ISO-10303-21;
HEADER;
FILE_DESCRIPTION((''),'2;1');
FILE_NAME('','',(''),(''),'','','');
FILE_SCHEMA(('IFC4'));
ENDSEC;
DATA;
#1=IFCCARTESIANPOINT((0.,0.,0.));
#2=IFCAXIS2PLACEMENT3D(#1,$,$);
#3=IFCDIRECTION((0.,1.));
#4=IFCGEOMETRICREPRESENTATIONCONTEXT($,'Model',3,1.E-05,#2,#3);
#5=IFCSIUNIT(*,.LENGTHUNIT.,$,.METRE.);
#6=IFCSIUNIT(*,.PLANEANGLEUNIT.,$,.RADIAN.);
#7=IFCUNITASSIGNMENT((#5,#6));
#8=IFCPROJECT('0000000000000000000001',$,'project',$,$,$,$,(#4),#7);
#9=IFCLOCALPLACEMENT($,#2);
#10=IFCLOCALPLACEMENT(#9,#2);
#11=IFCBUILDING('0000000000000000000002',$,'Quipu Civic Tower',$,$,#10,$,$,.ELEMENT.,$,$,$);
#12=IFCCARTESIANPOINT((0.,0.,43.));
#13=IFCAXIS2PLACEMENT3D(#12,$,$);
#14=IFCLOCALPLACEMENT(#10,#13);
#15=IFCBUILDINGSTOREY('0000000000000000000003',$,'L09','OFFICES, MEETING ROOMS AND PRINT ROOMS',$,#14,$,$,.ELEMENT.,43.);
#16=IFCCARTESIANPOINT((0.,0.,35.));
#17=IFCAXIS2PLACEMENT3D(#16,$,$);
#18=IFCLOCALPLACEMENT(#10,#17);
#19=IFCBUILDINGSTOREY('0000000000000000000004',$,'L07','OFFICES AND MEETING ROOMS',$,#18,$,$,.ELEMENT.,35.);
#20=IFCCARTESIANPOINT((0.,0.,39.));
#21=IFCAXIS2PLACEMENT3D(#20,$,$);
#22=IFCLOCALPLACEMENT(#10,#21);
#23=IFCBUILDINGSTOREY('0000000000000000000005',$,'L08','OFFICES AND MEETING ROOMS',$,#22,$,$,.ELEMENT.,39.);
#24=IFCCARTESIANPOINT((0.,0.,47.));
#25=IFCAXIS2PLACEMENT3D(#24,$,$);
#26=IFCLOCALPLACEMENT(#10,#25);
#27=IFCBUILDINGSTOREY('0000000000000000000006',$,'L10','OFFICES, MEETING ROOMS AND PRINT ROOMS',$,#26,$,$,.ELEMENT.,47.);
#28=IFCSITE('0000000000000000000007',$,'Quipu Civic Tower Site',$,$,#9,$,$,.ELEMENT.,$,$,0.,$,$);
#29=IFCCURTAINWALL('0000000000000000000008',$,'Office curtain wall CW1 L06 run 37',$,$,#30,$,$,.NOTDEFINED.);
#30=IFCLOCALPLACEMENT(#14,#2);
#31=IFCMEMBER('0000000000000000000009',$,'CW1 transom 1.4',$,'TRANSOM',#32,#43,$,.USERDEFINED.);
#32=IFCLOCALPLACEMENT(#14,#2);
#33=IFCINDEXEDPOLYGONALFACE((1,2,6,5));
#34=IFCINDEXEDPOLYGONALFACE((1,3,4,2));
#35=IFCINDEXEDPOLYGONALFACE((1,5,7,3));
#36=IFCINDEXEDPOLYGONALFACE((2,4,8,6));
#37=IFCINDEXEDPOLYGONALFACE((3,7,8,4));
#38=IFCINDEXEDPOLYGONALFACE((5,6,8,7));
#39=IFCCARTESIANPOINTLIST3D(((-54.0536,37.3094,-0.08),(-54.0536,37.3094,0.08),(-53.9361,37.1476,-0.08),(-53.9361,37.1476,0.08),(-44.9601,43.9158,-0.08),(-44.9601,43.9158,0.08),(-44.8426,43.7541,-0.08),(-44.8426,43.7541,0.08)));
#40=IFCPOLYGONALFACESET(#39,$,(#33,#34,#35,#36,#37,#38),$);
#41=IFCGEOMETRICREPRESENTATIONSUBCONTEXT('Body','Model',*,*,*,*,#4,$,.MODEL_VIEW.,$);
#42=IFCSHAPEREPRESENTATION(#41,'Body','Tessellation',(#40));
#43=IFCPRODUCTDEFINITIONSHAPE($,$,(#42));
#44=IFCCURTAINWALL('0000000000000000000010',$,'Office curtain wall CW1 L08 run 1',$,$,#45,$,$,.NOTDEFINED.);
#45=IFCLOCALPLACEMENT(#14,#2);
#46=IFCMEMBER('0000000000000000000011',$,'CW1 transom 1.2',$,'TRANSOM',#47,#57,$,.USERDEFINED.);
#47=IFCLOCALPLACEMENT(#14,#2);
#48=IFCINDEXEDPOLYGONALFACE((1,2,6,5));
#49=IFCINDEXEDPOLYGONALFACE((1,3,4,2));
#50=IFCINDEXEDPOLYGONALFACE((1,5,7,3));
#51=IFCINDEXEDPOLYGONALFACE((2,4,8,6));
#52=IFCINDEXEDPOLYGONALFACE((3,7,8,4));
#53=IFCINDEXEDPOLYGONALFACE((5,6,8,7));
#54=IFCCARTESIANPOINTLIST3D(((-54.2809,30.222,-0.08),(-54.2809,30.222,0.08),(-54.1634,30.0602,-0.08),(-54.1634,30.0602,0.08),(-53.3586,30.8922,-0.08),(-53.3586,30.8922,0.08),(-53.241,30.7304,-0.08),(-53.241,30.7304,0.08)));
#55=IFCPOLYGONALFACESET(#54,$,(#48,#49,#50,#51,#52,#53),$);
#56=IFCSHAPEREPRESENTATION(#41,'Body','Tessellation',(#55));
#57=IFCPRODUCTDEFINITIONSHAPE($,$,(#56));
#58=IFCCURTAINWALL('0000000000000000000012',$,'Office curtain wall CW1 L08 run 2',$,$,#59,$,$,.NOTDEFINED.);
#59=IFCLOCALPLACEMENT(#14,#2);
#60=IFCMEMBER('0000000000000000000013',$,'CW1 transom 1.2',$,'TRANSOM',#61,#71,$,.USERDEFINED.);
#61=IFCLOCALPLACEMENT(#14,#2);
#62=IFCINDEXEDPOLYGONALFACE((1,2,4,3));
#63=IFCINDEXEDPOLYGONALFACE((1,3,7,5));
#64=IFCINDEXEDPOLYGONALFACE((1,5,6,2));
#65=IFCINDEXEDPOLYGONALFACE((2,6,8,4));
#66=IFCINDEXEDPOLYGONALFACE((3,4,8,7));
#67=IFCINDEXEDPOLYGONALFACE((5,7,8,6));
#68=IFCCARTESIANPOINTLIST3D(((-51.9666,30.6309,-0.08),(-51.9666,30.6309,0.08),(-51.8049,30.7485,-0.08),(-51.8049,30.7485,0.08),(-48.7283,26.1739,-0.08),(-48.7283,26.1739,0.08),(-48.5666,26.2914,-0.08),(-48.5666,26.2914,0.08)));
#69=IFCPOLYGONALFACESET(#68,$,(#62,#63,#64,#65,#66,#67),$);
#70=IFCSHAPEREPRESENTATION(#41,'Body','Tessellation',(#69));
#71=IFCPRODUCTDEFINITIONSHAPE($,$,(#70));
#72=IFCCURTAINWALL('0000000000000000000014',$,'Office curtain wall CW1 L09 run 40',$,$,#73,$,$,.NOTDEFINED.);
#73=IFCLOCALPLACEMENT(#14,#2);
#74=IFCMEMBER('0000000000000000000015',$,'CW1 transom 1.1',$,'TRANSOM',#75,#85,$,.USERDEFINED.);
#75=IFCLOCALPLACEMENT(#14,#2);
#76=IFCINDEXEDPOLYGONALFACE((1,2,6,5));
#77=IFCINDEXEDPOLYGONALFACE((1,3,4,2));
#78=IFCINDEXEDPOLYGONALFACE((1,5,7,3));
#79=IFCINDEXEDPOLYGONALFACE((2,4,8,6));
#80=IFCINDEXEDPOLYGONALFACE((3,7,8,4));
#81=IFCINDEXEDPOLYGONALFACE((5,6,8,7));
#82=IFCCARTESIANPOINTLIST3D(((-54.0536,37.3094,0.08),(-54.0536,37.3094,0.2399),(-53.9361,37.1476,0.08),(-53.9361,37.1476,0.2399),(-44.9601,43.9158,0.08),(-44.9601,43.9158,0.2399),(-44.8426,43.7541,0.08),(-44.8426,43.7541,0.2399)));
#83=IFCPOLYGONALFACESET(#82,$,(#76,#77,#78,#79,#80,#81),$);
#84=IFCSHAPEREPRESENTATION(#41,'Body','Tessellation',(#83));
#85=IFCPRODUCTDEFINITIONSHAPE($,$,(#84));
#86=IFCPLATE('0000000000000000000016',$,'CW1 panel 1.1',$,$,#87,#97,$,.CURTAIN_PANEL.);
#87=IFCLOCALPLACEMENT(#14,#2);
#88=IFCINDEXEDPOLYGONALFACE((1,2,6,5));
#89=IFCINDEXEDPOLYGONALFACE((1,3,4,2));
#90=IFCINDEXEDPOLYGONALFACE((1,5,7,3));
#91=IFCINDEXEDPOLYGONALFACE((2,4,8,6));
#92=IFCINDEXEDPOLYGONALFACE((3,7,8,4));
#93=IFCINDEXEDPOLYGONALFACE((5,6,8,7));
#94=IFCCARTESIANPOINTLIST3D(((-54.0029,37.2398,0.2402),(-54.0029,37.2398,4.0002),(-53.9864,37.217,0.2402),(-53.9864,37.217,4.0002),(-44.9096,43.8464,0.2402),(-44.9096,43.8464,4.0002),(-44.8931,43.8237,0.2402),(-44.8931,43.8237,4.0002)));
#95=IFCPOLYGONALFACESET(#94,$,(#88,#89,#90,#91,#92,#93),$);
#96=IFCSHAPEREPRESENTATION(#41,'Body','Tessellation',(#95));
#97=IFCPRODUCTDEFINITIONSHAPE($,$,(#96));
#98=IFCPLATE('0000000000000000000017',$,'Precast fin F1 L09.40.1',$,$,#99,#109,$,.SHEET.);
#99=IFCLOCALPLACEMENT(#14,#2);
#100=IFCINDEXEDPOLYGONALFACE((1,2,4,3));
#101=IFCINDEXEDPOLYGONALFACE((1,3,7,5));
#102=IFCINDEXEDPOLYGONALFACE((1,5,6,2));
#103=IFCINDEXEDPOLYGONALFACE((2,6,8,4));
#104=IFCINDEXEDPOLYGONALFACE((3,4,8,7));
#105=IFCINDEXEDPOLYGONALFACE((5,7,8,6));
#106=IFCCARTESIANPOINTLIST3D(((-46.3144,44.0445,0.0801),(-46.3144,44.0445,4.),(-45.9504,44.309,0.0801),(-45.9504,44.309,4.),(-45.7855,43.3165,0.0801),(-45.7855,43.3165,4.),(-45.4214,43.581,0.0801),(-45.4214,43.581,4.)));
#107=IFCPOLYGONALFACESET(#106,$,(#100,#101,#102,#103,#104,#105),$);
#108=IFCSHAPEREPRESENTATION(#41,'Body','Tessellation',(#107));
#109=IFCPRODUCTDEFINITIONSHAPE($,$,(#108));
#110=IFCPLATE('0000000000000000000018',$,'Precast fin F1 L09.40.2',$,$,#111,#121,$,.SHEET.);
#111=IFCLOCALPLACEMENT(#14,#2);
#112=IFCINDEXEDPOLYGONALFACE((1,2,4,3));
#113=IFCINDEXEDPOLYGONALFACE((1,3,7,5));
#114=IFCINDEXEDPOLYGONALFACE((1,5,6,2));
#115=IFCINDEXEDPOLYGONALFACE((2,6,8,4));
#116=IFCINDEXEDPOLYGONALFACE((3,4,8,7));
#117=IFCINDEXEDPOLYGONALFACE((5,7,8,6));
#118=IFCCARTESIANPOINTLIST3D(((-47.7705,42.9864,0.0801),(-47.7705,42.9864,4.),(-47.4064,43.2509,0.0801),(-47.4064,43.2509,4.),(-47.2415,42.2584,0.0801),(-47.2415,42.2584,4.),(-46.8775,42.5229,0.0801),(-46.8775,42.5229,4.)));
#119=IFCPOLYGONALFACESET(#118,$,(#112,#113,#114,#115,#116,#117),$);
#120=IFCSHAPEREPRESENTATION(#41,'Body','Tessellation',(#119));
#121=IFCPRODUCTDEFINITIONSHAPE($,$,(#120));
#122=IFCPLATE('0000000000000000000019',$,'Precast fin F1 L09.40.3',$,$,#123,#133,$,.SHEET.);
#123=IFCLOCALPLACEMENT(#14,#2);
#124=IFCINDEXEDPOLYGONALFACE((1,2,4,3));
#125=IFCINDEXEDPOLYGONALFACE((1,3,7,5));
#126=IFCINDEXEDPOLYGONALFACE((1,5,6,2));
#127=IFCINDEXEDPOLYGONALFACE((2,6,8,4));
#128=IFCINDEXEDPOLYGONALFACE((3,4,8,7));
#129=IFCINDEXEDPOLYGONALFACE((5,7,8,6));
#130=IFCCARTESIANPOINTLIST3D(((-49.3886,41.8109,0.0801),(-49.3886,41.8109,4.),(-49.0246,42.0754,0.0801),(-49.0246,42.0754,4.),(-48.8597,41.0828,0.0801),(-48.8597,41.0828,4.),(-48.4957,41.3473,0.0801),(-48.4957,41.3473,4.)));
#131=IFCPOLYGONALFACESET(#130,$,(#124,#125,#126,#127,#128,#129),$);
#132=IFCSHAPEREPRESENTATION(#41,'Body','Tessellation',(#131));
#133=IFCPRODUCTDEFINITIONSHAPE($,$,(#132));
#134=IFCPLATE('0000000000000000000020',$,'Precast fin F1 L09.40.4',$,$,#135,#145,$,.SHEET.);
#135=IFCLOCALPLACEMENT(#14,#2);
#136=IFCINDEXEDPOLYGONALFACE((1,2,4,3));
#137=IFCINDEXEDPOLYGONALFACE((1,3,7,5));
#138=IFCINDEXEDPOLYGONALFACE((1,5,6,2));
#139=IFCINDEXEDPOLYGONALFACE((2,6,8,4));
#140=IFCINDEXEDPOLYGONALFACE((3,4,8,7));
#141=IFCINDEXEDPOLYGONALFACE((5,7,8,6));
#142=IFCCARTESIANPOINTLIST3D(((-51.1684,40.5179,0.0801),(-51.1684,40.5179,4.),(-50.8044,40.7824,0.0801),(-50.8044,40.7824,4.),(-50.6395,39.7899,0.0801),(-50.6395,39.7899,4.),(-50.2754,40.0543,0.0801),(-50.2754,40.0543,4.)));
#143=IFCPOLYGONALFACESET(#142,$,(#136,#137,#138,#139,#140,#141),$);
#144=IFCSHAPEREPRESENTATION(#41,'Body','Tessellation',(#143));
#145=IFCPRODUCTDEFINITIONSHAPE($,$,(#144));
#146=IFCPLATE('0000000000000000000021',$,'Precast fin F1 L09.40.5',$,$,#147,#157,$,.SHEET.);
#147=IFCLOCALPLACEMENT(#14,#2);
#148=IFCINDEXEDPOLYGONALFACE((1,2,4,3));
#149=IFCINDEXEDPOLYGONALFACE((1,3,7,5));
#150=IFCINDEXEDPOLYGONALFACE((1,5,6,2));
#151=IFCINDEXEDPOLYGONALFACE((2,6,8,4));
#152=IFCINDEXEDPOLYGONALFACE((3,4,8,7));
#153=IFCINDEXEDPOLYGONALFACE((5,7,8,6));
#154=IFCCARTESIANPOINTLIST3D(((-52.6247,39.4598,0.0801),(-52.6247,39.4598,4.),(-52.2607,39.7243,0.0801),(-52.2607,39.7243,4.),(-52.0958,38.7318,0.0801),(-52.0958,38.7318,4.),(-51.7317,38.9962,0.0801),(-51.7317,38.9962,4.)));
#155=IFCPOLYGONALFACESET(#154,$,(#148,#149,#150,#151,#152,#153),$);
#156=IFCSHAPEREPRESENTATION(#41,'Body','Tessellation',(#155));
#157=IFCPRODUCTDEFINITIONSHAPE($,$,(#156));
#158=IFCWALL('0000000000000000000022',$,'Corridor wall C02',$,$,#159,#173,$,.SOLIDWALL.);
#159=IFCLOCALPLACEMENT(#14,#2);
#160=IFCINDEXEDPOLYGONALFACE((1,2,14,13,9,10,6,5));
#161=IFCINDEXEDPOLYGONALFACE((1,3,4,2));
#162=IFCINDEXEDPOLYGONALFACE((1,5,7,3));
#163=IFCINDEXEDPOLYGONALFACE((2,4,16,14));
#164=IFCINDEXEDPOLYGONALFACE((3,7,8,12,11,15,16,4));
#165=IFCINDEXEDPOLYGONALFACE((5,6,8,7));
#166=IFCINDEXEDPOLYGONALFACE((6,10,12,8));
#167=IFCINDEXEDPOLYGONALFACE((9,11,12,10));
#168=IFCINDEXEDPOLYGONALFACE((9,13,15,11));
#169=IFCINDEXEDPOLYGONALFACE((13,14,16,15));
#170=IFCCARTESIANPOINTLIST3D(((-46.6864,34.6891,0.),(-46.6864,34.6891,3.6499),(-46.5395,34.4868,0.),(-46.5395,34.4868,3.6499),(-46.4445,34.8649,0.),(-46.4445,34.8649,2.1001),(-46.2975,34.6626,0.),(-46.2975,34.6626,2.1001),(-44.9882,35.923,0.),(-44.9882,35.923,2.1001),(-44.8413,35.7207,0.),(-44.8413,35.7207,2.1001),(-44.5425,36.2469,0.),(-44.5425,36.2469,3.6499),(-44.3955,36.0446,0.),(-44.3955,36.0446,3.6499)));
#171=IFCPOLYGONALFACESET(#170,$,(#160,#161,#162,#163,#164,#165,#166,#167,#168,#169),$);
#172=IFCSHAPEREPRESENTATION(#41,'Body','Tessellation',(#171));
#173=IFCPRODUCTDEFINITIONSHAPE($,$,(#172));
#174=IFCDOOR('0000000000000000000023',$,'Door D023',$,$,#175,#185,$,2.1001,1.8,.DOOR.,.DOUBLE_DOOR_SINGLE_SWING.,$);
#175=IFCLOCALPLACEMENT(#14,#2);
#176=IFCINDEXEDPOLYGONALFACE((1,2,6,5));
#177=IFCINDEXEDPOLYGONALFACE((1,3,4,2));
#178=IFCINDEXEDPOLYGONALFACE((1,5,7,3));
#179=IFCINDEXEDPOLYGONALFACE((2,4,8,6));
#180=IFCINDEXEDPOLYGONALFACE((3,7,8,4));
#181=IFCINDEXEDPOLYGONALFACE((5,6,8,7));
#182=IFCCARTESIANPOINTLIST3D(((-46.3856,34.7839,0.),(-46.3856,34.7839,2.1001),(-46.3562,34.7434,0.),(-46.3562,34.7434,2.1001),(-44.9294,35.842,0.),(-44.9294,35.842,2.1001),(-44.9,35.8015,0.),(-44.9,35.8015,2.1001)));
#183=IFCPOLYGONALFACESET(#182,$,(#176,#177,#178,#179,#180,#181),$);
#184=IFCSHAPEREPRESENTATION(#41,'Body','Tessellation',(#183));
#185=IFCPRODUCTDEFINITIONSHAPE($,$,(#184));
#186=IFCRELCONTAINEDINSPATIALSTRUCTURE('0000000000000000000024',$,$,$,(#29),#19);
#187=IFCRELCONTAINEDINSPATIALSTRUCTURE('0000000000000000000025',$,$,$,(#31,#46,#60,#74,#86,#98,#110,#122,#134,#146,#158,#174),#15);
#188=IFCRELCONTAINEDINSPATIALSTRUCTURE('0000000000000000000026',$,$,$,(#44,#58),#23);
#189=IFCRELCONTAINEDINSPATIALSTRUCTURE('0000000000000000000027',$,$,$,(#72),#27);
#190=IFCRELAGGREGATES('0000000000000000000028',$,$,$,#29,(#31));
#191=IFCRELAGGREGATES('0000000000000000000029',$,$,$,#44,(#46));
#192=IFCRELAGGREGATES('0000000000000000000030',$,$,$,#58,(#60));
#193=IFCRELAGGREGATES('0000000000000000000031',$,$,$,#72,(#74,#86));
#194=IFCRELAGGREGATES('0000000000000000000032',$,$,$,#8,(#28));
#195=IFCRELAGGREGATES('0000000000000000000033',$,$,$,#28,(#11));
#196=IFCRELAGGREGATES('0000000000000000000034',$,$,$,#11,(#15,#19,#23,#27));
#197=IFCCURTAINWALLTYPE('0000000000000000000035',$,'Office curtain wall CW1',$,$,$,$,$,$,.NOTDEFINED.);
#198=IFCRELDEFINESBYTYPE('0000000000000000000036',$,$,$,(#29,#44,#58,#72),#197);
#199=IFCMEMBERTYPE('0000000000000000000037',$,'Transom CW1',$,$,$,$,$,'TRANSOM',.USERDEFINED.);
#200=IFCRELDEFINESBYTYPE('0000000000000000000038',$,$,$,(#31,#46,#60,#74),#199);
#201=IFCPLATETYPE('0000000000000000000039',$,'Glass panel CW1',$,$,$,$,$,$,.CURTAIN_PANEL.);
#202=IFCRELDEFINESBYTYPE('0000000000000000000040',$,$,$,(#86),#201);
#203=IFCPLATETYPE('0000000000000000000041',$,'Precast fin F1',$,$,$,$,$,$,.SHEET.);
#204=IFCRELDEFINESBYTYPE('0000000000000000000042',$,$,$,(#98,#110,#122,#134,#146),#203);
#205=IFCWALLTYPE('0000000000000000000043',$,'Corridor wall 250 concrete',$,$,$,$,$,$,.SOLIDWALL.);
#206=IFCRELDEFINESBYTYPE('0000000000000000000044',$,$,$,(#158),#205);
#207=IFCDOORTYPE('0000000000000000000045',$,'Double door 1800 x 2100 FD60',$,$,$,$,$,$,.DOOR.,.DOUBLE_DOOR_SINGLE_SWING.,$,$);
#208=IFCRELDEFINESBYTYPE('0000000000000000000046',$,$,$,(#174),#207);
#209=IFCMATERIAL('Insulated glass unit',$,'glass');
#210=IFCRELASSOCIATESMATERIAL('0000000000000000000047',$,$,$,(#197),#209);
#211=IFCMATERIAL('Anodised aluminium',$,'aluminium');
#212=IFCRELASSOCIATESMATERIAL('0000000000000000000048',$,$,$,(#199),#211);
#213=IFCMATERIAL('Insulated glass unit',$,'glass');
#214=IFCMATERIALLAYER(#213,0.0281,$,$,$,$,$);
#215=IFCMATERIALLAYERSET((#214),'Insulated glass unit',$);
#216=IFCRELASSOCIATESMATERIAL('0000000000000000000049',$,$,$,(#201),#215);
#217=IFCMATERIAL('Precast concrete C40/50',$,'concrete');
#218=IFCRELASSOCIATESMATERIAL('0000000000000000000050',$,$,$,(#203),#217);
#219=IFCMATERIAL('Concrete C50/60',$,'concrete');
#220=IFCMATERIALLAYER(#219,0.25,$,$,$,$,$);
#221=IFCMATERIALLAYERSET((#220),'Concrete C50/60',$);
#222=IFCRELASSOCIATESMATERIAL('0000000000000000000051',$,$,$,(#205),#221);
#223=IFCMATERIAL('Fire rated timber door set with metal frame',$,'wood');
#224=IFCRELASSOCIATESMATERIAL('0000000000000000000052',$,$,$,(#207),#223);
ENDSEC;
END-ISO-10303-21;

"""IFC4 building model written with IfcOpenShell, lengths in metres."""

from ifc_helpers import new_model, si_unit, direction, frame, frame_2d, origin, origin_2d, place, context, subcontext, project, spatial, rectangle, extrude, material, layer, layer_set, material_profile, profile_set, type_object, element, fill, aggregate, save


model = new_model("IFC4")

# Units and contexts
model_context = context("Model", 3, precision=1e-05, world=origin(), true_north=direction((0.0, 1.0)))
body_context = subcontext(model_context, "Body", "Model", "MODEL_VIEW")
ifc_project = project(units=[si_unit("LENGTHUNIT", "METRE"), si_unit("PLANEANGLEUNIT", "RADIAN")], contexts=[model_context])

# Site, building, storey
site_placement = place(None, origin())
site = spatial("IfcSite", under=ifc_project, at=site_placement, Name="Quipu Civic Tower Site", CompositionType="ELEMENT", RefElevation=0.0)
building_placement = place(site_placement, origin())
building = spatial("IfcBuilding", under=site, at=building_placement, Name="Quipu Civic Tower", CompositionType="ELEMENT")
storey_1_placement = place(building_placement, frame((0.0, 0.0, 43.0)))
storey_1 = spatial("IfcBuildingStorey", under=building, at=storey_1_placement, Name="L09", Description="OFFICES, MEETING ROOMS AND PRINT ROOMS", CompositionType="ELEMENT", Elevation=43.0)

# Shared definitions
ifc_material_1 = material(Name="Insulated glass unit", Category="glass")
curtain_wall_type = type_object("IfcCurtainWallType", Name="Office curtain wall CW1", PredefinedType="NOTDEFINED", material=ifc_material_1)

# Shared definitions
storey_2_placement = place(building_placement, frame((0.0, 0.0, 35.0)))
storey_2 = spatial("IfcBuildingStorey", under=building, at=storey_2_placement, Name="L07", Description="OFFICES AND MEETING ROOMS", CompositionType="ELEMENT", Elevation=35.0)

# Curtain wall, member
curtain_wall_1_placement = place(storey_2_placement, origin())
curtain_wall_1 = element("IfcCurtainWall", 1, at=curtain_wall_1_placement, inside=storey_2, type_object=curtain_wall_type, Name="Office curtain wall CW1 L06 run 37", PredefinedType="NOTDEFINED")
ifc_material_2 = material(Name="Anodised aluminium", Category="aluminium")
ifc_material_profile_1 = material_profile(ifc_material_2, rectangle(XDim=0.2, YDim=0.1599, at=origin_2d()), Name="RECT 200x160")
ifc_profile_set_1 = profile_set([ifc_material_profile_1], Name="Anodised aluminium")
member_type_1 = type_object("IfcMemberType", Name="Transom CW1", ElementType="TRANSOM", PredefinedType="USERDEFINED", material=ifc_profile_set_1)
member_1_placement = place(storey_1_placement, frame((-44.9014, 43.835, 0.0), z_axis=(-0.809033, -0.587764, 0.0), x_axis=(0.587764, -0.809033, 0.0)))
member_1 = element("IfcMember", 2, at=member_1_placement, inside=storey_1, type_object=member_type_1, Name="CW1 transom 1.4", ObjectType="TRANSOM", PredefinedType="USERDEFINED", context=body_context, shape_type="SweptSolid", body=[
    extrude(rectangle(XDim=0.2, YDim=0.1599, at=origin_2d()), origin(), (0.0, 0.0, 1.0), 11.24),
])
aggregate(curtain_wall_1, [member_1])

# Shared definitions
storey_3_placement = place(building_placement, frame((0.0, 0.0, 39.0)))
storey_3 = spatial("IfcBuildingStorey", under=building, at=storey_3_placement, Name="L08", Description="OFFICES AND MEETING ROOMS", CompositionType="ELEMENT", Elevation=39.0)

# Curtain walls, members
curtain_wall_2_placement = place(storey_3_placement, origin())
curtain_wall_2 = element("IfcCurtainWall", 3, at=curtain_wall_2_placement, inside=storey_3, type_object=curtain_wall_type, Name="Office curtain wall CW1 L08 run 1", PredefinedType="NOTDEFINED")
member_2_placement = place(storey_1_placement, frame((-54.2222, 30.1411, 0.0), z_axis=(0.809005, 0.587802, 0.0), x_axis=(-0.587802, 0.809005, 0.0)))
member_2 = element("IfcMember", 4, at=member_2_placement, inside=storey_1, type_object=member_type_1, Name="CW1 transom 1.2", ObjectType="TRANSOM", PredefinedType="USERDEFINED", context=body_context, shape_type="SweptSolid", body=[
    extrude(rectangle(XDim=0.2, YDim=0.1599, at=origin_2d()), origin(), (0.0, 0.0, 1.0), 1.1401),
])
aggregate(curtain_wall_2, [member_2])
curtain_wall_3_placement = place(storey_3_placement, origin())
curtain_wall_3 = element("IfcCurtainWall", 5, at=curtain_wall_3_placement, inside=storey_3, type_object=curtain_wall_type, Name="Office curtain wall CW1 L08 run 2", PredefinedType="NOTDEFINED")
member_3_placement = place(storey_1_placement, frame((-51.8857, 30.6897, 0.0), z_axis=(0.587792, -0.809012, 0.0), x_axis=(0.809012, 0.587792, 0.0)))
member_3 = element("IfcMember", 6, at=member_3_placement, inside=storey_1, type_object=member_type_1, Name="CW1 transom 1.2", ObjectType="TRANSOM", PredefinedType="USERDEFINED", context=body_context, shape_type="SweptSolid", body=[
    extrude(rectangle(XDim=0.2, YDim=0.1599, at=origin_2d()), origin(), (0.0, 0.0, 1.0), 5.5093),
])
aggregate(curtain_wall_3, [member_3])

# Shared definitions
storey_4_placement = place(building_placement, frame((0.0, 0.0, 47.0)))
storey_4 = spatial("IfcBuildingStorey", under=building, at=storey_4_placement, Name="L10", Description="OFFICES, MEETING ROOMS AND PRINT ROOMS", CompositionType="ELEMENT", Elevation=47.0)

# Curtain wall, member, plate
curtain_wall_4_placement = place(storey_4_placement, origin())
curtain_wall_4 = element("IfcCurtainWall", 7, at=curtain_wall_4_placement, inside=storey_4, type_object=curtain_wall_type, Name="Office curtain wall CW1 L09 run 40", PredefinedType="NOTDEFINED")
member_4_placement = place(storey_1_placement, frame((-44.9014, 43.835, 0.1599), z_axis=(-0.809033, -0.587764, 0.0), x_axis=(0.587764, -0.809033, 0.0)))
member_4 = element("IfcMember", 8, at=member_4_placement, inside=storey_1, type_object=member_type_1, Name="CW1 transom 1.1", ObjectType="TRANSOM", PredefinedType="USERDEFINED", context=body_context, shape_type="SweptSolid", body=[
    extrude(rectangle(XDim=0.2, YDim=0.1599, at=origin_2d()), origin(), (0.0, 0.0, 1.0), 11.24),
])
ifc_material_3 = material(Name="Insulated glass unit", Category="glass")
ifc_layer_1 = layer(ifc_material_3, 0.0281)
ifc_layer_set_1 = layer_set([ifc_layer_1], Name="Insulated glass unit")
plate_type_1 = type_object("IfcPlateType", Name="Glass panel CW1", PredefinedType="CURTAIN_PANEL", material=ifc_layer_set_1)
plate_placement = place(storey_1_placement, frame((-49.448, 40.5317, 0.2402), z_axis=(0.0, 0.0, 1.0), x_axis=(-0.809019, -0.587782, 0.0)))
plate = element("IfcPlate", 9, at=plate_placement, inside=storey_1, type_object=plate_type_1, Name="CW1 panel 1.1", PredefinedType="CURTAIN_PANEL", context=body_context, shape_type="SweptSolid", body=[
    extrude(rectangle(XDim=11.24, YDim=0.0281, at=origin_2d()), origin(), (0.0, 0.0, 1.0), 3.76),
])
aggregate(curtain_wall_4, [member_4, plate])

# Plates
ifc_material_4 = material(Name="Precast concrete C40/50", Category="concrete")
plate_type_2 = type_object("IfcPlateType", Name="Precast fin F1", PredefinedType="SHEET", material=ifc_material_4)
for number, where, z_axis, x_axis, name in (
    (10, (-45.8679, 43.8127, 0.0801), (0.0, 0.0, 1.0), (-0.809021, -0.587779, 0.0), "Precast fin F1 L09.40.1"),
    (11, (-47.324, 42.7546, 0.0801), (0.0, 0.0, 1.0), (-0.809021, -0.587779, 0.0), "Precast fin F1 L09.40.2"),
    (12, (-48.9421, 41.5791, 0.0801), (0.0, 0.0, 1.0), (-0.809021, -0.587779, 0.0), "Precast fin F1 L09.40.3"),
    (13, (-50.7219, 40.2861, 0.0801), (0.0, 0.0, 1.0), (-0.809021, -0.587779, 0.0), "Precast fin F1 L09.40.4"),
    (14, (-52.1782, 39.228, 0.0801), (0.0, 0.0, 1.0), (-0.809021, -0.587779, 0.0), "Precast fin F1 L09.40.5"),
):
    element("IfcPlate", number, at=place(storey_1_placement, frame(where, z_axis=z_axis, x_axis=x_axis)), inside=storey_1, type_object=plate_type_2, Name=name, PredefinedType="SHEET", context=body_context, shape_type="SweptSolid", body=[
        extrude(rectangle(XDim=0.45, YDim=0.8999, at=origin_2d()), origin(), (0.0, 0.0, 1.0), 3.9199),
    ])

# Wall, opening, door
ifc_material_5 = material(Name="Concrete C50/60", Category="concrete")
ifc_layer_2 = layer(ifc_material_5, 0.25)
ifc_layer_set_2 = layer_set([ifc_layer_2], Name="Concrete C50/60")
wall_type_1 = type_object("IfcWallType", Name="Corridor wall 250 concrete", PredefinedType="SOLIDWALL", material=ifc_layer_set_2)
wall_1_placement = place(storey_1_placement, frame((-46.613, 34.5879, 0.0), z_axis=(0.0, 0.0, 1.0), x_axis=(0.808995, 0.587816, 0.0)))
wall_1 = element("IfcWall", 15, at=wall_1_placement, inside=storey_1, type_object=wall_type_1, Name="Corridor wall C02", PredefinedType="SOLIDWALL", context=body_context, shape_type="SweptSolid", body=[
    extrude(rectangle(XDim=2.6501, YDim=0.25, at=frame_2d((1.3252, 0.0))), origin(), (0.0, 0.0, 1.0), 3.6499),
])
opening_1_placement = place(wall_1_placement, frame((0.2993, 0.0, 0.0)))
opening_1 = element("IfcOpeningElement", 16, at=opening_1_placement, cuts=wall_1, PredefinedType="OPENING", context=body_context, shape_type="SweptSolid", body=[
    extrude(rectangle(XDim=1.8, YDim=2.1001, at=frame_2d((0.8999, 1.05))), frame((0.0, 0.135, 0.0), z_axis=(0.0, -1.0, 0.0), x_axis=(1.0, 0.0, 0.0)), (0.0, 0.0, 1.0), 0.27),
])
ifc_material_6 = material(Name="Fire rated timber door set with metal frame", Category="wood")
door_type_1 = type_object("IfcDoorType", Name="Double door 1800 x 2100 FD60", OperationType="DOUBLE_DOOR_SINGLE_SWING", PredefinedType="DOOR", material=ifc_material_6)
door_1_placement = place(opening_1_placement, origin())
door_1 = element("IfcDoor", 17, at=door_1_placement, inside=storey_1, type_object=door_type_1, Name="Door D023", OperationType="DOUBLE_DOOR_SINGLE_SWING", OverallHeight=2.1001, OverallWidth=1.8, PredefinedType="DOOR", context=body_context, shape_type="SweptSolid", body=[
    extrude(rectangle(XDim=1.8, YDim=2.1001, at=frame_2d((0.8999, 1.05))), frame((0.0, 0.0249, 0.0), z_axis=(0.0, -1.0, 0.0), x_axis=(1.0, 0.0, 0.0)), (0.0, 0.0, 1.0), 0.05),
])
fill(opening_1, door_1)

save(model, "model.ifc")
